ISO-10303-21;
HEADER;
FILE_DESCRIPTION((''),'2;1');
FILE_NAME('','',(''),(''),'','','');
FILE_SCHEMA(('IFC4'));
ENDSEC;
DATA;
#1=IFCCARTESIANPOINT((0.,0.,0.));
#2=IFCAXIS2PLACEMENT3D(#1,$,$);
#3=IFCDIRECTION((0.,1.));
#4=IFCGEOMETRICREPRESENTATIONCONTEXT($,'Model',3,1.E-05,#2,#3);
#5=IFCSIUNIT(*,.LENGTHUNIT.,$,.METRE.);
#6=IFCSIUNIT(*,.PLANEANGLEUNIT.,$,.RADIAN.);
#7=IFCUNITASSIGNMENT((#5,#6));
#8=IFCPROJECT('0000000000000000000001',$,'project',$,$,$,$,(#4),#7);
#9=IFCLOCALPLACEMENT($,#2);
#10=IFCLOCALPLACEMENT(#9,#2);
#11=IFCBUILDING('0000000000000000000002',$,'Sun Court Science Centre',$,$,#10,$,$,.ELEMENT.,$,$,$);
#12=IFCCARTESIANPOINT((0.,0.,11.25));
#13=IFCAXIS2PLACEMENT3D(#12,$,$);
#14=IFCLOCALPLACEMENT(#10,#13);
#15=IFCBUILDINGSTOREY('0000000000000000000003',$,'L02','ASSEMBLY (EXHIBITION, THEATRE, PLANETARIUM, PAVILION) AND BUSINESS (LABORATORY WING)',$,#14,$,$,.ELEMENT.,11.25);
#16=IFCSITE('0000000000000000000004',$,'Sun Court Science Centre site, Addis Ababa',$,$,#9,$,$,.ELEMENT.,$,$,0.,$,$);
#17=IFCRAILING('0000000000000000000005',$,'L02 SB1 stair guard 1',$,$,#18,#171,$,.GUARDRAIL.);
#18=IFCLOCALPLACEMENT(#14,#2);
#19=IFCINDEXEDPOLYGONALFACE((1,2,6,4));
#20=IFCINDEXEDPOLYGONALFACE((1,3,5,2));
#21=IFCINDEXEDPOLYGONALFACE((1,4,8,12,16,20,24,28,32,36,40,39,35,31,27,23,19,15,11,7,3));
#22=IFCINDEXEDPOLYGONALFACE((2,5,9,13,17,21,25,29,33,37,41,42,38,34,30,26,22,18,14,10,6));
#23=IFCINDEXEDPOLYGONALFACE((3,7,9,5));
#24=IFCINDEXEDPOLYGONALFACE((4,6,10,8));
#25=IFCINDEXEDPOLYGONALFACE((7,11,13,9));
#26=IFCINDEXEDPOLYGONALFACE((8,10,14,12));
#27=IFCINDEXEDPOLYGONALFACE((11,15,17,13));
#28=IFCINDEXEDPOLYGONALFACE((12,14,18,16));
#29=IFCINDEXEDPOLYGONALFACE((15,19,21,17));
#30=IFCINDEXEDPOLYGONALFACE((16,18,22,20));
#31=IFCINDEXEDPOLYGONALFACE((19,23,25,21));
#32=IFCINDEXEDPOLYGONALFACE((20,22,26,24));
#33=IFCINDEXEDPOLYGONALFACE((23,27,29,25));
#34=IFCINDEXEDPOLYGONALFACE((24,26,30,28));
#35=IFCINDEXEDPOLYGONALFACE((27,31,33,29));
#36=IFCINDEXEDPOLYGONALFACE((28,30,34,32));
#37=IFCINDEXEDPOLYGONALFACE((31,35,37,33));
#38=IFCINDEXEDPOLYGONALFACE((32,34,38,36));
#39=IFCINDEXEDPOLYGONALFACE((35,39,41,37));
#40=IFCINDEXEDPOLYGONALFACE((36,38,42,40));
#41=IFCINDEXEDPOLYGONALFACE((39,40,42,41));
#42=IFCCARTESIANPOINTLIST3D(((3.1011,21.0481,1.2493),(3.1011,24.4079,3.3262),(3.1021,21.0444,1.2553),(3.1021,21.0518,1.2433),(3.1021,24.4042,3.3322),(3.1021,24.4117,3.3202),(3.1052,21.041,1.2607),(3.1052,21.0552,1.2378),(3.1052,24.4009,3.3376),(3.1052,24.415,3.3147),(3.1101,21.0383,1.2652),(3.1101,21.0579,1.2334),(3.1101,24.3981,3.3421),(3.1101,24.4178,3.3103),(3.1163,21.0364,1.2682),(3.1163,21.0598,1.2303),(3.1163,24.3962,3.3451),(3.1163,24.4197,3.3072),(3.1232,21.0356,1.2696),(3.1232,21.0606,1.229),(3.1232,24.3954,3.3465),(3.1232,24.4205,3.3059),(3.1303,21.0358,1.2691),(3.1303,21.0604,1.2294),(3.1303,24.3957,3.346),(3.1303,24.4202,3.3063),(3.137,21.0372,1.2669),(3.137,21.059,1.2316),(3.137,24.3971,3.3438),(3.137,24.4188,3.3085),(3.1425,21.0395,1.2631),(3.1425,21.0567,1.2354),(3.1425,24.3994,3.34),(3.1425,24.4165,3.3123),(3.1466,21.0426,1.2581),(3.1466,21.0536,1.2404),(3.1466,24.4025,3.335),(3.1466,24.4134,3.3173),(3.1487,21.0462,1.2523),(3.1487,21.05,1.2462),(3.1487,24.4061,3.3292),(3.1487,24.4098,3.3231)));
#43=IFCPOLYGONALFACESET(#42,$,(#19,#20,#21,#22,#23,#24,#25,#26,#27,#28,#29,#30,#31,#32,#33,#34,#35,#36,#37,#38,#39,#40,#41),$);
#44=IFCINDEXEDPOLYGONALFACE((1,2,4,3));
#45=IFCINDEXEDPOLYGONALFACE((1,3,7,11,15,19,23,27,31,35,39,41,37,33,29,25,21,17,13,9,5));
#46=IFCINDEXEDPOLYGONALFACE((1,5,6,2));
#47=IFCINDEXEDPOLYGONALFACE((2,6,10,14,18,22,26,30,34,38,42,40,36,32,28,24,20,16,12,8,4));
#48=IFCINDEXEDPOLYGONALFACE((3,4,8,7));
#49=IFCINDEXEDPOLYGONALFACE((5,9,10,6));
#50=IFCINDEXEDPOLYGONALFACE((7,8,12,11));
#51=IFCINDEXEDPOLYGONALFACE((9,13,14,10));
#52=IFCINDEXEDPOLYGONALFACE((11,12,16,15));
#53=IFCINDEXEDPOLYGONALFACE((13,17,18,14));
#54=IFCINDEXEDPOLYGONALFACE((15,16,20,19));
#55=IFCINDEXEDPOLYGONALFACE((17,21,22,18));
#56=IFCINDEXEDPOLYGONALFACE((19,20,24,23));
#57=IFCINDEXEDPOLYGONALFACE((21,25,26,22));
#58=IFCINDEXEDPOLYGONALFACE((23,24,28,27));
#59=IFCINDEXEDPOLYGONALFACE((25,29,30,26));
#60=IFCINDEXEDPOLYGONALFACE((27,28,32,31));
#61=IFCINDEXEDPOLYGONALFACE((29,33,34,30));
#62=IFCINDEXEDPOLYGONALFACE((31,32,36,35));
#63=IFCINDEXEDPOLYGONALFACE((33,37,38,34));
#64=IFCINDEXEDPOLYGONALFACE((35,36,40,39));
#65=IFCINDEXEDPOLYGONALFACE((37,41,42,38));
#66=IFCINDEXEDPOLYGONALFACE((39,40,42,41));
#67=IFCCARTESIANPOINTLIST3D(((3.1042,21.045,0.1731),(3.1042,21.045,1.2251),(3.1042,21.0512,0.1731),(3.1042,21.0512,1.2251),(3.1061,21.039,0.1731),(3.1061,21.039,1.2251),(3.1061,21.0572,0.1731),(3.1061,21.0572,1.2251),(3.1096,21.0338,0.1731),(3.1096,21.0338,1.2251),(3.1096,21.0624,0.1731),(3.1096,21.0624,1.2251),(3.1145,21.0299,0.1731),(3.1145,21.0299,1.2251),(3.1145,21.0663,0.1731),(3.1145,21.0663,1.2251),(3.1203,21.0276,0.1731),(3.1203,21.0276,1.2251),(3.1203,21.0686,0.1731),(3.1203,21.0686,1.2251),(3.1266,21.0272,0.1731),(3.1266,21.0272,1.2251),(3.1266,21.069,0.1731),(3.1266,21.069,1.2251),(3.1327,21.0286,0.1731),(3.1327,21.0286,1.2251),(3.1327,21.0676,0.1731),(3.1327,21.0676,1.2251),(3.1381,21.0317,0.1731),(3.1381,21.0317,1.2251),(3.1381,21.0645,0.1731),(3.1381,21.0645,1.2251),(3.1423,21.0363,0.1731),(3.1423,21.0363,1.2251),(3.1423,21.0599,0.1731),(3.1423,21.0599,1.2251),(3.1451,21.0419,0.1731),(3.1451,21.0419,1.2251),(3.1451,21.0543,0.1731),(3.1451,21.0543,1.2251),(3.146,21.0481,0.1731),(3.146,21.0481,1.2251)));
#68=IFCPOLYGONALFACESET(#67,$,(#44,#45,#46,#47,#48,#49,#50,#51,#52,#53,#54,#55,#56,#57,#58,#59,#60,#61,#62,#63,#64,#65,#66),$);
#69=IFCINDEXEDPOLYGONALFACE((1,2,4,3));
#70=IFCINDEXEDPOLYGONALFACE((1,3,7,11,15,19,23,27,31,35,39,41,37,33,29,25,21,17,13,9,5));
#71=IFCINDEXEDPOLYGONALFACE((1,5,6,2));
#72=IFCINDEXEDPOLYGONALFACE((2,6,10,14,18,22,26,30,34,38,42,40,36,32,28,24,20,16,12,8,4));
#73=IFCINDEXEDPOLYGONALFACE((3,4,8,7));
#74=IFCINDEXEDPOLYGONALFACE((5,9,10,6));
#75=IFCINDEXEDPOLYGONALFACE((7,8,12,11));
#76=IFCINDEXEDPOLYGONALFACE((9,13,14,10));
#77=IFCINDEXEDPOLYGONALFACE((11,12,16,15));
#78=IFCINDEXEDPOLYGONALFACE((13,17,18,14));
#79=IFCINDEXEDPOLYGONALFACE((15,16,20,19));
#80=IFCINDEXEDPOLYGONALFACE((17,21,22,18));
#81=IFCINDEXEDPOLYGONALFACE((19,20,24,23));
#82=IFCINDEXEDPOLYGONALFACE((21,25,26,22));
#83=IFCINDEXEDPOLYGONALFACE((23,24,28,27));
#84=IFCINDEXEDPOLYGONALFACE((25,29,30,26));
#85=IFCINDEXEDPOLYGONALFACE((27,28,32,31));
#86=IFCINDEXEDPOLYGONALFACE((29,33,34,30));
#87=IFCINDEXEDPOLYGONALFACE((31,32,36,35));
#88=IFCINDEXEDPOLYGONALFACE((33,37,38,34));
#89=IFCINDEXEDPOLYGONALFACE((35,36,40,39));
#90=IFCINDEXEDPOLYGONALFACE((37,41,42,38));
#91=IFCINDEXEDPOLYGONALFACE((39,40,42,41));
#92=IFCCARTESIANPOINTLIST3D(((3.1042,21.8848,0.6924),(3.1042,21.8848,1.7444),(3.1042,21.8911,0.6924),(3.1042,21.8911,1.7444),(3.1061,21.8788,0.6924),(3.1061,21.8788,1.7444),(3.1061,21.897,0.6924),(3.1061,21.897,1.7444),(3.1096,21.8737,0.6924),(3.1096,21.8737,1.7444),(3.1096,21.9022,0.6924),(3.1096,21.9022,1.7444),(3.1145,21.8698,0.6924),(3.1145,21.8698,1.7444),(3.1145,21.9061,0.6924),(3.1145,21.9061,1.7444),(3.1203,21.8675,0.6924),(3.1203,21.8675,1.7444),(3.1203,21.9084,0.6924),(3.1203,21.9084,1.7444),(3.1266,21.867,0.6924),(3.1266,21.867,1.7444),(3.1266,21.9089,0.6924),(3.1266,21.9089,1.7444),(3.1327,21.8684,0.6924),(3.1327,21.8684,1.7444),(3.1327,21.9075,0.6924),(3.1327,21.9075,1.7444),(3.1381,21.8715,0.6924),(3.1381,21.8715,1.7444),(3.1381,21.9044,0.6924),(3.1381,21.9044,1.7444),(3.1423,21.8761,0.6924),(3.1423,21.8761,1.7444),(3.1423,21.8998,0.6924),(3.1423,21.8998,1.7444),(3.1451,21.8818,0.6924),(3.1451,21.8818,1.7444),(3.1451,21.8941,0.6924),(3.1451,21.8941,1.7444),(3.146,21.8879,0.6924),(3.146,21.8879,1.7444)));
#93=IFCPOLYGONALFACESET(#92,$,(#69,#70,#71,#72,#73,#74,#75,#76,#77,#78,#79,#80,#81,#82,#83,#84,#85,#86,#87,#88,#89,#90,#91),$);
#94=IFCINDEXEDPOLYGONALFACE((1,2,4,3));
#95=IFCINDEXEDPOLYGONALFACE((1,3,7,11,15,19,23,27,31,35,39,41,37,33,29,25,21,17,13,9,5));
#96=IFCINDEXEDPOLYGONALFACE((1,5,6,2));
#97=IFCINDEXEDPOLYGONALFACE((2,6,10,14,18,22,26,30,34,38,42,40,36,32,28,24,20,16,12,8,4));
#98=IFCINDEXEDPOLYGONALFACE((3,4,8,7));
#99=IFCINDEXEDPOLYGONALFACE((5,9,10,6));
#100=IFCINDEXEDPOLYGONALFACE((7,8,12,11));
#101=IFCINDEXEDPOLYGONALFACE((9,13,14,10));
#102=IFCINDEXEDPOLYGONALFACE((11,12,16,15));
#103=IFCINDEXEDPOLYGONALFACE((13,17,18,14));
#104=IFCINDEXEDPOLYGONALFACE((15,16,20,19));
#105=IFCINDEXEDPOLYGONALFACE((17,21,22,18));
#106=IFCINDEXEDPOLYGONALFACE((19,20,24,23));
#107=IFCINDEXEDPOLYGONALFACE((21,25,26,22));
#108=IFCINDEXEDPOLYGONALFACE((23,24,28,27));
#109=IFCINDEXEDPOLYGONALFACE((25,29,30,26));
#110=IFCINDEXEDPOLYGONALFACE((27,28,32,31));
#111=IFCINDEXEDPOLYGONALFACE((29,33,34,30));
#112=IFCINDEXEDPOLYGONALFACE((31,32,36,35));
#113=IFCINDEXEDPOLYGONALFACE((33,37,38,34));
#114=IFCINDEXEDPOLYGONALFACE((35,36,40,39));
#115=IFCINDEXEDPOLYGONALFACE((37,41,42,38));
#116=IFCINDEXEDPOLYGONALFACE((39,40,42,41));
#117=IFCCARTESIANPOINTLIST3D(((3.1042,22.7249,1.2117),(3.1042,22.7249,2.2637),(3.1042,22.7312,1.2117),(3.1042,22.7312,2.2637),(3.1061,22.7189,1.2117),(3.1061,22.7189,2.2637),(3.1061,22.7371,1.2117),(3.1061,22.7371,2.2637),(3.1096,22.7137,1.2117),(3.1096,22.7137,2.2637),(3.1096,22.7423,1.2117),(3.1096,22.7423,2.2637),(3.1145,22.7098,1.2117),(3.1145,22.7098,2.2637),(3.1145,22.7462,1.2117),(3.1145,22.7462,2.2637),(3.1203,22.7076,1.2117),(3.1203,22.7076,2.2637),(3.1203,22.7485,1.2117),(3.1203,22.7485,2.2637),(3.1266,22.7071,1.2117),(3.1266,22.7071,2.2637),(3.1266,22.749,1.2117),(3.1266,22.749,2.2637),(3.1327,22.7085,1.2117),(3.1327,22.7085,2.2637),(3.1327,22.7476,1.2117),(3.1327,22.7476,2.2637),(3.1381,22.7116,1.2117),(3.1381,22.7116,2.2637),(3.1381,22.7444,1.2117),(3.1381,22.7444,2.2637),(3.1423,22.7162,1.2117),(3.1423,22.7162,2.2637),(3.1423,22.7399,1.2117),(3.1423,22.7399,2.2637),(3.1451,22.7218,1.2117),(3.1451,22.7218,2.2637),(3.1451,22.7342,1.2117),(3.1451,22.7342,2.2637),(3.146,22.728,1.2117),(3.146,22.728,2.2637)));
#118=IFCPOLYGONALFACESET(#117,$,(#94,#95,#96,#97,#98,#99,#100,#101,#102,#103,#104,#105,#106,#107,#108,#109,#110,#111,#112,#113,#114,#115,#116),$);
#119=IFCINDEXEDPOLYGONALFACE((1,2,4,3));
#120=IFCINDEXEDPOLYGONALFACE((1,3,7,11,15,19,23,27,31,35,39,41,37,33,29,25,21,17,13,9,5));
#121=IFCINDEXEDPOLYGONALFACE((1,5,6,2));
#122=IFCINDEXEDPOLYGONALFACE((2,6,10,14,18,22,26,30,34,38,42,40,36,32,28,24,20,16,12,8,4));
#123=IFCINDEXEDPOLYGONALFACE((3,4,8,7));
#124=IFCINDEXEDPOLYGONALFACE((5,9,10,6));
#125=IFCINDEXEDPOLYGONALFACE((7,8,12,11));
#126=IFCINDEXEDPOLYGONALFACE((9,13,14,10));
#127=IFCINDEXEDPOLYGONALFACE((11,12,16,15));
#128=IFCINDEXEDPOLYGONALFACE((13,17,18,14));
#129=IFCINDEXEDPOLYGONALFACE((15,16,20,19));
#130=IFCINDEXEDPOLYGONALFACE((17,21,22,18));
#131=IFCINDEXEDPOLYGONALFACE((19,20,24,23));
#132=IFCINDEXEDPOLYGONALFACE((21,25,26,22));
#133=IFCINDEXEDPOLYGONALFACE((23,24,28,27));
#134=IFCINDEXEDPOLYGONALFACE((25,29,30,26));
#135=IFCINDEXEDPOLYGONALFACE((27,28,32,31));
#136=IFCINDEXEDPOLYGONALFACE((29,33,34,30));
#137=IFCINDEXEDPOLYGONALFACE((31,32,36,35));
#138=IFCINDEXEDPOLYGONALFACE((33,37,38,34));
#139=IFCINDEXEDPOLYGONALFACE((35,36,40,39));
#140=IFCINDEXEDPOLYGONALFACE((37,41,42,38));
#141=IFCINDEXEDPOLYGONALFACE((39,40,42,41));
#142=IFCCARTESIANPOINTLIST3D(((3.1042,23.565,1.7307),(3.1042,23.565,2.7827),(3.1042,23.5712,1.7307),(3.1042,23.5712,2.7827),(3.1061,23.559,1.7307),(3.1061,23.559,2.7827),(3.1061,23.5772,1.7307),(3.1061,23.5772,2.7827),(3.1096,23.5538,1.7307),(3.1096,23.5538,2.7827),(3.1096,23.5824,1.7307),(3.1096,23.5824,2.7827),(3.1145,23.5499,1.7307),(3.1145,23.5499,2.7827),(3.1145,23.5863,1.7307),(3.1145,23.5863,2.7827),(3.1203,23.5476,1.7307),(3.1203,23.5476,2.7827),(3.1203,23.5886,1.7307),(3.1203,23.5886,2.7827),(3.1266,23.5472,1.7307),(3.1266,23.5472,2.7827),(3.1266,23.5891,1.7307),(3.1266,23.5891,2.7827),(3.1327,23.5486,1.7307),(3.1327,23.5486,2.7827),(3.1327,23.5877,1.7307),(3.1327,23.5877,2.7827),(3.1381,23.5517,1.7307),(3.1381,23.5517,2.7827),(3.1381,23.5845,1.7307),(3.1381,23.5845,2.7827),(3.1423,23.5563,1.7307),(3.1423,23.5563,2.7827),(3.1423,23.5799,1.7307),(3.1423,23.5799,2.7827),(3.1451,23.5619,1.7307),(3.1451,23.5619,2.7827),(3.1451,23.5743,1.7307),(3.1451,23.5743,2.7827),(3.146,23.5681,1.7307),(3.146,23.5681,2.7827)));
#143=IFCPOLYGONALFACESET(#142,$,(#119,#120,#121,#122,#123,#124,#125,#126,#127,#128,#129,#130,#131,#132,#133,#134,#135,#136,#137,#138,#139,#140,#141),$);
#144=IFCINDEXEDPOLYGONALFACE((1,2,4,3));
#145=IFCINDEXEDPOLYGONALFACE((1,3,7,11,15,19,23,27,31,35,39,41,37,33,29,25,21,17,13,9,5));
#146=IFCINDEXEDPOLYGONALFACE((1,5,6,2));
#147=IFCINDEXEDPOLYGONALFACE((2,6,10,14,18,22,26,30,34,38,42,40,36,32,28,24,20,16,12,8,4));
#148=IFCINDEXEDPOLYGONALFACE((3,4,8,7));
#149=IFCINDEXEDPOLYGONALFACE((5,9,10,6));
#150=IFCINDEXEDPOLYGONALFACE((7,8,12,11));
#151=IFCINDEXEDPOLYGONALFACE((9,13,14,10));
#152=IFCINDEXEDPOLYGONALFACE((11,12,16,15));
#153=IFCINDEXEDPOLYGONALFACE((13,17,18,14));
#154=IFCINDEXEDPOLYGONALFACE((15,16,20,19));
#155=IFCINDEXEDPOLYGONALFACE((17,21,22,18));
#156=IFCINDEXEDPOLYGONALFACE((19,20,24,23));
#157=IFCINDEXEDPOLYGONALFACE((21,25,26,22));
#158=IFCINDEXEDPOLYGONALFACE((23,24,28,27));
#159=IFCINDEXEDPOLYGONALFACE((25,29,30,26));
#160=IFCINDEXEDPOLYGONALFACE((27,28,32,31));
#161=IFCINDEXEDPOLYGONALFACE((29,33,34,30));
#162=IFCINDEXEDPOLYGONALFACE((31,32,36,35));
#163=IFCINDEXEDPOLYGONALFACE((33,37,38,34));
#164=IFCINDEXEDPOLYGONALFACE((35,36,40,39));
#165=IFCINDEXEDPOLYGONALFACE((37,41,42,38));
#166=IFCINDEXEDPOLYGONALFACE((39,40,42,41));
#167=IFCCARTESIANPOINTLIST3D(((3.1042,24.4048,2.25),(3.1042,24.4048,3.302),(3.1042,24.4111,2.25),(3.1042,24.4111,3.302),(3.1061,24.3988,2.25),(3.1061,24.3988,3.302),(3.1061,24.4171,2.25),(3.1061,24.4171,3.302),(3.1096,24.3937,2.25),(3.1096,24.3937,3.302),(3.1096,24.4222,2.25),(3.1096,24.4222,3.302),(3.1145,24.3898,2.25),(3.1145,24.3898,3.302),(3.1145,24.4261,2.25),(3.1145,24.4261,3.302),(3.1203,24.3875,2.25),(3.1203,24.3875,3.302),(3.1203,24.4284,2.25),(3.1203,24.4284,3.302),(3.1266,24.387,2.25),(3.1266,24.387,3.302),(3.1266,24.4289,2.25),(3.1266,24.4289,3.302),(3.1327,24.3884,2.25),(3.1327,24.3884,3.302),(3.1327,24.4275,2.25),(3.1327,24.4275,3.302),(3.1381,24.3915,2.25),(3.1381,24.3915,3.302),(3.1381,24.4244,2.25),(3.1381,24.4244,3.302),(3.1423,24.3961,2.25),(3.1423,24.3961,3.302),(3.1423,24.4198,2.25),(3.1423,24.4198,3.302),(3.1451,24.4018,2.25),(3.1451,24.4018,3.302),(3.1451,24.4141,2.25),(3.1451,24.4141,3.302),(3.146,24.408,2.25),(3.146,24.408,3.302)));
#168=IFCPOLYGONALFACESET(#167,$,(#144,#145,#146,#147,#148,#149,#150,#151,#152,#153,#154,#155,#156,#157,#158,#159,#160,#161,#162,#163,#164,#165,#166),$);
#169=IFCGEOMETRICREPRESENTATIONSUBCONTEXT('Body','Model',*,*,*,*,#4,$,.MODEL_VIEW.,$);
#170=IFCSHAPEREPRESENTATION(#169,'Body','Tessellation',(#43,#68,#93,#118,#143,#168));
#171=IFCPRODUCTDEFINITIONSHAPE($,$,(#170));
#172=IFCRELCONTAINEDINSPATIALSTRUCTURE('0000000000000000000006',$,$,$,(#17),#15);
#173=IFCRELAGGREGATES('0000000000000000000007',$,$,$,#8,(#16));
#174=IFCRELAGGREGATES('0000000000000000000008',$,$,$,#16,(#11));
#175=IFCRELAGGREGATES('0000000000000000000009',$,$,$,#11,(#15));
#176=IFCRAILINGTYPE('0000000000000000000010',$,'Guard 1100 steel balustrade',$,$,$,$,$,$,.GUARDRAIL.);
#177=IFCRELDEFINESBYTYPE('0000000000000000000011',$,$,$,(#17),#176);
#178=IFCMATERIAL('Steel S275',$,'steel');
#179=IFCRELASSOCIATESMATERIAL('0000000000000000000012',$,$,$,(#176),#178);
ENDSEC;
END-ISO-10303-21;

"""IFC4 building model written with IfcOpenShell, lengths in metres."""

from ifc_helpers import new_model, si_unit, direction, frame, origin, origin_2d, place, context, subcontext, project, spatial, circle, extrude, material, type_object, element, save


model = new_model("IFC4")

# Units and contexts
model_context = context("Model", 3, precision=1e-05, world=origin(), true_north=direction((0.0, 1.0)))
body_context = subcontext(model_context, "Body", "Model", "MODEL_VIEW")
ifc_project = project(units=[si_unit("LENGTHUNIT", "METRE"), si_unit("PLANEANGLEUNIT", "RADIAN")], contexts=[model_context])

# Site, building, storey
site_placement = place(None, origin())
site = spatial("IfcSite", under=ifc_project, at=site_placement, Name="Sun Court Science Centre site, Addis Ababa", CompositionType="ELEMENT", RefElevation=0.0)
building_placement = place(site_placement, origin())
building = spatial("IfcBuilding", under=site, at=building_placement, Name="Sun Court Science Centre", CompositionType="ELEMENT")
storey_placement = place(building_placement, frame((0.0, 0.0, 11.25)))
storey = spatial("IfcBuildingStorey", under=building, at=storey_placement, Name="L02", Description="ASSEMBLY (EXHIBITION, THEATRE, PLANETARIUM, PAVILION) AND BUSINESS (LABORATORY WING)", CompositionType="ELEMENT", Elevation=11.25)

# Railing
ifc_material_1 = material(Name="Steel S275", Category="steel")
railing_type_1 = type_object("IfcRailingType", Name="Guard 1100 steel balustrade", PredefinedType="GUARDRAIL", material=ifc_material_1)
railing_1_placement = place(storey_placement, frame((3.125, 21.0481, 0.1731)))
element("IfcRailing", 1, at=railing_1_placement, inside=storey, type_object=railing_type_1, Name="L02 SB1 stair guard 1", PredefinedType="GUARDRAIL", context=body_context, shape_type="SweptSolid", body=[
    extrude(circle(Radius=0.0239, at=origin_2d()), frame((0.0, 0.0, 1.0762), z_axis=(0.0, 0.850606, 0.525803), x_axis=(-1.0, 0.0, 0.0)), (0.0, 0.0, 1.0), 3.95),
    extrude(circle(Radius=0.021, at=origin_2d()), origin(), (0.0, 0.0, 1.0), 1.052),
    extrude(circle(Radius=0.021, at=origin_2d()), frame((0.0, 0.8398, 0.5193)), (0.0, 0.0, 1.0), 1.052),
    extrude(circle(Radius=0.021, at=origin_2d()), frame((0.0, 1.6799, 1.0386)), (0.0, 0.0, 1.0), 1.052),
    extrude(circle(Radius=0.021, at=origin_2d()), frame((0.0, 2.52, 1.5576)), (0.0, 0.0, 1.0), 1.052),
    extrude(circle(Radius=0.021, at=origin_2d()), frame((0.0, 3.3599, 2.0769)), (0.0, 0.0, 1.0), 1.052),
])

save(model, "model.ifc")
